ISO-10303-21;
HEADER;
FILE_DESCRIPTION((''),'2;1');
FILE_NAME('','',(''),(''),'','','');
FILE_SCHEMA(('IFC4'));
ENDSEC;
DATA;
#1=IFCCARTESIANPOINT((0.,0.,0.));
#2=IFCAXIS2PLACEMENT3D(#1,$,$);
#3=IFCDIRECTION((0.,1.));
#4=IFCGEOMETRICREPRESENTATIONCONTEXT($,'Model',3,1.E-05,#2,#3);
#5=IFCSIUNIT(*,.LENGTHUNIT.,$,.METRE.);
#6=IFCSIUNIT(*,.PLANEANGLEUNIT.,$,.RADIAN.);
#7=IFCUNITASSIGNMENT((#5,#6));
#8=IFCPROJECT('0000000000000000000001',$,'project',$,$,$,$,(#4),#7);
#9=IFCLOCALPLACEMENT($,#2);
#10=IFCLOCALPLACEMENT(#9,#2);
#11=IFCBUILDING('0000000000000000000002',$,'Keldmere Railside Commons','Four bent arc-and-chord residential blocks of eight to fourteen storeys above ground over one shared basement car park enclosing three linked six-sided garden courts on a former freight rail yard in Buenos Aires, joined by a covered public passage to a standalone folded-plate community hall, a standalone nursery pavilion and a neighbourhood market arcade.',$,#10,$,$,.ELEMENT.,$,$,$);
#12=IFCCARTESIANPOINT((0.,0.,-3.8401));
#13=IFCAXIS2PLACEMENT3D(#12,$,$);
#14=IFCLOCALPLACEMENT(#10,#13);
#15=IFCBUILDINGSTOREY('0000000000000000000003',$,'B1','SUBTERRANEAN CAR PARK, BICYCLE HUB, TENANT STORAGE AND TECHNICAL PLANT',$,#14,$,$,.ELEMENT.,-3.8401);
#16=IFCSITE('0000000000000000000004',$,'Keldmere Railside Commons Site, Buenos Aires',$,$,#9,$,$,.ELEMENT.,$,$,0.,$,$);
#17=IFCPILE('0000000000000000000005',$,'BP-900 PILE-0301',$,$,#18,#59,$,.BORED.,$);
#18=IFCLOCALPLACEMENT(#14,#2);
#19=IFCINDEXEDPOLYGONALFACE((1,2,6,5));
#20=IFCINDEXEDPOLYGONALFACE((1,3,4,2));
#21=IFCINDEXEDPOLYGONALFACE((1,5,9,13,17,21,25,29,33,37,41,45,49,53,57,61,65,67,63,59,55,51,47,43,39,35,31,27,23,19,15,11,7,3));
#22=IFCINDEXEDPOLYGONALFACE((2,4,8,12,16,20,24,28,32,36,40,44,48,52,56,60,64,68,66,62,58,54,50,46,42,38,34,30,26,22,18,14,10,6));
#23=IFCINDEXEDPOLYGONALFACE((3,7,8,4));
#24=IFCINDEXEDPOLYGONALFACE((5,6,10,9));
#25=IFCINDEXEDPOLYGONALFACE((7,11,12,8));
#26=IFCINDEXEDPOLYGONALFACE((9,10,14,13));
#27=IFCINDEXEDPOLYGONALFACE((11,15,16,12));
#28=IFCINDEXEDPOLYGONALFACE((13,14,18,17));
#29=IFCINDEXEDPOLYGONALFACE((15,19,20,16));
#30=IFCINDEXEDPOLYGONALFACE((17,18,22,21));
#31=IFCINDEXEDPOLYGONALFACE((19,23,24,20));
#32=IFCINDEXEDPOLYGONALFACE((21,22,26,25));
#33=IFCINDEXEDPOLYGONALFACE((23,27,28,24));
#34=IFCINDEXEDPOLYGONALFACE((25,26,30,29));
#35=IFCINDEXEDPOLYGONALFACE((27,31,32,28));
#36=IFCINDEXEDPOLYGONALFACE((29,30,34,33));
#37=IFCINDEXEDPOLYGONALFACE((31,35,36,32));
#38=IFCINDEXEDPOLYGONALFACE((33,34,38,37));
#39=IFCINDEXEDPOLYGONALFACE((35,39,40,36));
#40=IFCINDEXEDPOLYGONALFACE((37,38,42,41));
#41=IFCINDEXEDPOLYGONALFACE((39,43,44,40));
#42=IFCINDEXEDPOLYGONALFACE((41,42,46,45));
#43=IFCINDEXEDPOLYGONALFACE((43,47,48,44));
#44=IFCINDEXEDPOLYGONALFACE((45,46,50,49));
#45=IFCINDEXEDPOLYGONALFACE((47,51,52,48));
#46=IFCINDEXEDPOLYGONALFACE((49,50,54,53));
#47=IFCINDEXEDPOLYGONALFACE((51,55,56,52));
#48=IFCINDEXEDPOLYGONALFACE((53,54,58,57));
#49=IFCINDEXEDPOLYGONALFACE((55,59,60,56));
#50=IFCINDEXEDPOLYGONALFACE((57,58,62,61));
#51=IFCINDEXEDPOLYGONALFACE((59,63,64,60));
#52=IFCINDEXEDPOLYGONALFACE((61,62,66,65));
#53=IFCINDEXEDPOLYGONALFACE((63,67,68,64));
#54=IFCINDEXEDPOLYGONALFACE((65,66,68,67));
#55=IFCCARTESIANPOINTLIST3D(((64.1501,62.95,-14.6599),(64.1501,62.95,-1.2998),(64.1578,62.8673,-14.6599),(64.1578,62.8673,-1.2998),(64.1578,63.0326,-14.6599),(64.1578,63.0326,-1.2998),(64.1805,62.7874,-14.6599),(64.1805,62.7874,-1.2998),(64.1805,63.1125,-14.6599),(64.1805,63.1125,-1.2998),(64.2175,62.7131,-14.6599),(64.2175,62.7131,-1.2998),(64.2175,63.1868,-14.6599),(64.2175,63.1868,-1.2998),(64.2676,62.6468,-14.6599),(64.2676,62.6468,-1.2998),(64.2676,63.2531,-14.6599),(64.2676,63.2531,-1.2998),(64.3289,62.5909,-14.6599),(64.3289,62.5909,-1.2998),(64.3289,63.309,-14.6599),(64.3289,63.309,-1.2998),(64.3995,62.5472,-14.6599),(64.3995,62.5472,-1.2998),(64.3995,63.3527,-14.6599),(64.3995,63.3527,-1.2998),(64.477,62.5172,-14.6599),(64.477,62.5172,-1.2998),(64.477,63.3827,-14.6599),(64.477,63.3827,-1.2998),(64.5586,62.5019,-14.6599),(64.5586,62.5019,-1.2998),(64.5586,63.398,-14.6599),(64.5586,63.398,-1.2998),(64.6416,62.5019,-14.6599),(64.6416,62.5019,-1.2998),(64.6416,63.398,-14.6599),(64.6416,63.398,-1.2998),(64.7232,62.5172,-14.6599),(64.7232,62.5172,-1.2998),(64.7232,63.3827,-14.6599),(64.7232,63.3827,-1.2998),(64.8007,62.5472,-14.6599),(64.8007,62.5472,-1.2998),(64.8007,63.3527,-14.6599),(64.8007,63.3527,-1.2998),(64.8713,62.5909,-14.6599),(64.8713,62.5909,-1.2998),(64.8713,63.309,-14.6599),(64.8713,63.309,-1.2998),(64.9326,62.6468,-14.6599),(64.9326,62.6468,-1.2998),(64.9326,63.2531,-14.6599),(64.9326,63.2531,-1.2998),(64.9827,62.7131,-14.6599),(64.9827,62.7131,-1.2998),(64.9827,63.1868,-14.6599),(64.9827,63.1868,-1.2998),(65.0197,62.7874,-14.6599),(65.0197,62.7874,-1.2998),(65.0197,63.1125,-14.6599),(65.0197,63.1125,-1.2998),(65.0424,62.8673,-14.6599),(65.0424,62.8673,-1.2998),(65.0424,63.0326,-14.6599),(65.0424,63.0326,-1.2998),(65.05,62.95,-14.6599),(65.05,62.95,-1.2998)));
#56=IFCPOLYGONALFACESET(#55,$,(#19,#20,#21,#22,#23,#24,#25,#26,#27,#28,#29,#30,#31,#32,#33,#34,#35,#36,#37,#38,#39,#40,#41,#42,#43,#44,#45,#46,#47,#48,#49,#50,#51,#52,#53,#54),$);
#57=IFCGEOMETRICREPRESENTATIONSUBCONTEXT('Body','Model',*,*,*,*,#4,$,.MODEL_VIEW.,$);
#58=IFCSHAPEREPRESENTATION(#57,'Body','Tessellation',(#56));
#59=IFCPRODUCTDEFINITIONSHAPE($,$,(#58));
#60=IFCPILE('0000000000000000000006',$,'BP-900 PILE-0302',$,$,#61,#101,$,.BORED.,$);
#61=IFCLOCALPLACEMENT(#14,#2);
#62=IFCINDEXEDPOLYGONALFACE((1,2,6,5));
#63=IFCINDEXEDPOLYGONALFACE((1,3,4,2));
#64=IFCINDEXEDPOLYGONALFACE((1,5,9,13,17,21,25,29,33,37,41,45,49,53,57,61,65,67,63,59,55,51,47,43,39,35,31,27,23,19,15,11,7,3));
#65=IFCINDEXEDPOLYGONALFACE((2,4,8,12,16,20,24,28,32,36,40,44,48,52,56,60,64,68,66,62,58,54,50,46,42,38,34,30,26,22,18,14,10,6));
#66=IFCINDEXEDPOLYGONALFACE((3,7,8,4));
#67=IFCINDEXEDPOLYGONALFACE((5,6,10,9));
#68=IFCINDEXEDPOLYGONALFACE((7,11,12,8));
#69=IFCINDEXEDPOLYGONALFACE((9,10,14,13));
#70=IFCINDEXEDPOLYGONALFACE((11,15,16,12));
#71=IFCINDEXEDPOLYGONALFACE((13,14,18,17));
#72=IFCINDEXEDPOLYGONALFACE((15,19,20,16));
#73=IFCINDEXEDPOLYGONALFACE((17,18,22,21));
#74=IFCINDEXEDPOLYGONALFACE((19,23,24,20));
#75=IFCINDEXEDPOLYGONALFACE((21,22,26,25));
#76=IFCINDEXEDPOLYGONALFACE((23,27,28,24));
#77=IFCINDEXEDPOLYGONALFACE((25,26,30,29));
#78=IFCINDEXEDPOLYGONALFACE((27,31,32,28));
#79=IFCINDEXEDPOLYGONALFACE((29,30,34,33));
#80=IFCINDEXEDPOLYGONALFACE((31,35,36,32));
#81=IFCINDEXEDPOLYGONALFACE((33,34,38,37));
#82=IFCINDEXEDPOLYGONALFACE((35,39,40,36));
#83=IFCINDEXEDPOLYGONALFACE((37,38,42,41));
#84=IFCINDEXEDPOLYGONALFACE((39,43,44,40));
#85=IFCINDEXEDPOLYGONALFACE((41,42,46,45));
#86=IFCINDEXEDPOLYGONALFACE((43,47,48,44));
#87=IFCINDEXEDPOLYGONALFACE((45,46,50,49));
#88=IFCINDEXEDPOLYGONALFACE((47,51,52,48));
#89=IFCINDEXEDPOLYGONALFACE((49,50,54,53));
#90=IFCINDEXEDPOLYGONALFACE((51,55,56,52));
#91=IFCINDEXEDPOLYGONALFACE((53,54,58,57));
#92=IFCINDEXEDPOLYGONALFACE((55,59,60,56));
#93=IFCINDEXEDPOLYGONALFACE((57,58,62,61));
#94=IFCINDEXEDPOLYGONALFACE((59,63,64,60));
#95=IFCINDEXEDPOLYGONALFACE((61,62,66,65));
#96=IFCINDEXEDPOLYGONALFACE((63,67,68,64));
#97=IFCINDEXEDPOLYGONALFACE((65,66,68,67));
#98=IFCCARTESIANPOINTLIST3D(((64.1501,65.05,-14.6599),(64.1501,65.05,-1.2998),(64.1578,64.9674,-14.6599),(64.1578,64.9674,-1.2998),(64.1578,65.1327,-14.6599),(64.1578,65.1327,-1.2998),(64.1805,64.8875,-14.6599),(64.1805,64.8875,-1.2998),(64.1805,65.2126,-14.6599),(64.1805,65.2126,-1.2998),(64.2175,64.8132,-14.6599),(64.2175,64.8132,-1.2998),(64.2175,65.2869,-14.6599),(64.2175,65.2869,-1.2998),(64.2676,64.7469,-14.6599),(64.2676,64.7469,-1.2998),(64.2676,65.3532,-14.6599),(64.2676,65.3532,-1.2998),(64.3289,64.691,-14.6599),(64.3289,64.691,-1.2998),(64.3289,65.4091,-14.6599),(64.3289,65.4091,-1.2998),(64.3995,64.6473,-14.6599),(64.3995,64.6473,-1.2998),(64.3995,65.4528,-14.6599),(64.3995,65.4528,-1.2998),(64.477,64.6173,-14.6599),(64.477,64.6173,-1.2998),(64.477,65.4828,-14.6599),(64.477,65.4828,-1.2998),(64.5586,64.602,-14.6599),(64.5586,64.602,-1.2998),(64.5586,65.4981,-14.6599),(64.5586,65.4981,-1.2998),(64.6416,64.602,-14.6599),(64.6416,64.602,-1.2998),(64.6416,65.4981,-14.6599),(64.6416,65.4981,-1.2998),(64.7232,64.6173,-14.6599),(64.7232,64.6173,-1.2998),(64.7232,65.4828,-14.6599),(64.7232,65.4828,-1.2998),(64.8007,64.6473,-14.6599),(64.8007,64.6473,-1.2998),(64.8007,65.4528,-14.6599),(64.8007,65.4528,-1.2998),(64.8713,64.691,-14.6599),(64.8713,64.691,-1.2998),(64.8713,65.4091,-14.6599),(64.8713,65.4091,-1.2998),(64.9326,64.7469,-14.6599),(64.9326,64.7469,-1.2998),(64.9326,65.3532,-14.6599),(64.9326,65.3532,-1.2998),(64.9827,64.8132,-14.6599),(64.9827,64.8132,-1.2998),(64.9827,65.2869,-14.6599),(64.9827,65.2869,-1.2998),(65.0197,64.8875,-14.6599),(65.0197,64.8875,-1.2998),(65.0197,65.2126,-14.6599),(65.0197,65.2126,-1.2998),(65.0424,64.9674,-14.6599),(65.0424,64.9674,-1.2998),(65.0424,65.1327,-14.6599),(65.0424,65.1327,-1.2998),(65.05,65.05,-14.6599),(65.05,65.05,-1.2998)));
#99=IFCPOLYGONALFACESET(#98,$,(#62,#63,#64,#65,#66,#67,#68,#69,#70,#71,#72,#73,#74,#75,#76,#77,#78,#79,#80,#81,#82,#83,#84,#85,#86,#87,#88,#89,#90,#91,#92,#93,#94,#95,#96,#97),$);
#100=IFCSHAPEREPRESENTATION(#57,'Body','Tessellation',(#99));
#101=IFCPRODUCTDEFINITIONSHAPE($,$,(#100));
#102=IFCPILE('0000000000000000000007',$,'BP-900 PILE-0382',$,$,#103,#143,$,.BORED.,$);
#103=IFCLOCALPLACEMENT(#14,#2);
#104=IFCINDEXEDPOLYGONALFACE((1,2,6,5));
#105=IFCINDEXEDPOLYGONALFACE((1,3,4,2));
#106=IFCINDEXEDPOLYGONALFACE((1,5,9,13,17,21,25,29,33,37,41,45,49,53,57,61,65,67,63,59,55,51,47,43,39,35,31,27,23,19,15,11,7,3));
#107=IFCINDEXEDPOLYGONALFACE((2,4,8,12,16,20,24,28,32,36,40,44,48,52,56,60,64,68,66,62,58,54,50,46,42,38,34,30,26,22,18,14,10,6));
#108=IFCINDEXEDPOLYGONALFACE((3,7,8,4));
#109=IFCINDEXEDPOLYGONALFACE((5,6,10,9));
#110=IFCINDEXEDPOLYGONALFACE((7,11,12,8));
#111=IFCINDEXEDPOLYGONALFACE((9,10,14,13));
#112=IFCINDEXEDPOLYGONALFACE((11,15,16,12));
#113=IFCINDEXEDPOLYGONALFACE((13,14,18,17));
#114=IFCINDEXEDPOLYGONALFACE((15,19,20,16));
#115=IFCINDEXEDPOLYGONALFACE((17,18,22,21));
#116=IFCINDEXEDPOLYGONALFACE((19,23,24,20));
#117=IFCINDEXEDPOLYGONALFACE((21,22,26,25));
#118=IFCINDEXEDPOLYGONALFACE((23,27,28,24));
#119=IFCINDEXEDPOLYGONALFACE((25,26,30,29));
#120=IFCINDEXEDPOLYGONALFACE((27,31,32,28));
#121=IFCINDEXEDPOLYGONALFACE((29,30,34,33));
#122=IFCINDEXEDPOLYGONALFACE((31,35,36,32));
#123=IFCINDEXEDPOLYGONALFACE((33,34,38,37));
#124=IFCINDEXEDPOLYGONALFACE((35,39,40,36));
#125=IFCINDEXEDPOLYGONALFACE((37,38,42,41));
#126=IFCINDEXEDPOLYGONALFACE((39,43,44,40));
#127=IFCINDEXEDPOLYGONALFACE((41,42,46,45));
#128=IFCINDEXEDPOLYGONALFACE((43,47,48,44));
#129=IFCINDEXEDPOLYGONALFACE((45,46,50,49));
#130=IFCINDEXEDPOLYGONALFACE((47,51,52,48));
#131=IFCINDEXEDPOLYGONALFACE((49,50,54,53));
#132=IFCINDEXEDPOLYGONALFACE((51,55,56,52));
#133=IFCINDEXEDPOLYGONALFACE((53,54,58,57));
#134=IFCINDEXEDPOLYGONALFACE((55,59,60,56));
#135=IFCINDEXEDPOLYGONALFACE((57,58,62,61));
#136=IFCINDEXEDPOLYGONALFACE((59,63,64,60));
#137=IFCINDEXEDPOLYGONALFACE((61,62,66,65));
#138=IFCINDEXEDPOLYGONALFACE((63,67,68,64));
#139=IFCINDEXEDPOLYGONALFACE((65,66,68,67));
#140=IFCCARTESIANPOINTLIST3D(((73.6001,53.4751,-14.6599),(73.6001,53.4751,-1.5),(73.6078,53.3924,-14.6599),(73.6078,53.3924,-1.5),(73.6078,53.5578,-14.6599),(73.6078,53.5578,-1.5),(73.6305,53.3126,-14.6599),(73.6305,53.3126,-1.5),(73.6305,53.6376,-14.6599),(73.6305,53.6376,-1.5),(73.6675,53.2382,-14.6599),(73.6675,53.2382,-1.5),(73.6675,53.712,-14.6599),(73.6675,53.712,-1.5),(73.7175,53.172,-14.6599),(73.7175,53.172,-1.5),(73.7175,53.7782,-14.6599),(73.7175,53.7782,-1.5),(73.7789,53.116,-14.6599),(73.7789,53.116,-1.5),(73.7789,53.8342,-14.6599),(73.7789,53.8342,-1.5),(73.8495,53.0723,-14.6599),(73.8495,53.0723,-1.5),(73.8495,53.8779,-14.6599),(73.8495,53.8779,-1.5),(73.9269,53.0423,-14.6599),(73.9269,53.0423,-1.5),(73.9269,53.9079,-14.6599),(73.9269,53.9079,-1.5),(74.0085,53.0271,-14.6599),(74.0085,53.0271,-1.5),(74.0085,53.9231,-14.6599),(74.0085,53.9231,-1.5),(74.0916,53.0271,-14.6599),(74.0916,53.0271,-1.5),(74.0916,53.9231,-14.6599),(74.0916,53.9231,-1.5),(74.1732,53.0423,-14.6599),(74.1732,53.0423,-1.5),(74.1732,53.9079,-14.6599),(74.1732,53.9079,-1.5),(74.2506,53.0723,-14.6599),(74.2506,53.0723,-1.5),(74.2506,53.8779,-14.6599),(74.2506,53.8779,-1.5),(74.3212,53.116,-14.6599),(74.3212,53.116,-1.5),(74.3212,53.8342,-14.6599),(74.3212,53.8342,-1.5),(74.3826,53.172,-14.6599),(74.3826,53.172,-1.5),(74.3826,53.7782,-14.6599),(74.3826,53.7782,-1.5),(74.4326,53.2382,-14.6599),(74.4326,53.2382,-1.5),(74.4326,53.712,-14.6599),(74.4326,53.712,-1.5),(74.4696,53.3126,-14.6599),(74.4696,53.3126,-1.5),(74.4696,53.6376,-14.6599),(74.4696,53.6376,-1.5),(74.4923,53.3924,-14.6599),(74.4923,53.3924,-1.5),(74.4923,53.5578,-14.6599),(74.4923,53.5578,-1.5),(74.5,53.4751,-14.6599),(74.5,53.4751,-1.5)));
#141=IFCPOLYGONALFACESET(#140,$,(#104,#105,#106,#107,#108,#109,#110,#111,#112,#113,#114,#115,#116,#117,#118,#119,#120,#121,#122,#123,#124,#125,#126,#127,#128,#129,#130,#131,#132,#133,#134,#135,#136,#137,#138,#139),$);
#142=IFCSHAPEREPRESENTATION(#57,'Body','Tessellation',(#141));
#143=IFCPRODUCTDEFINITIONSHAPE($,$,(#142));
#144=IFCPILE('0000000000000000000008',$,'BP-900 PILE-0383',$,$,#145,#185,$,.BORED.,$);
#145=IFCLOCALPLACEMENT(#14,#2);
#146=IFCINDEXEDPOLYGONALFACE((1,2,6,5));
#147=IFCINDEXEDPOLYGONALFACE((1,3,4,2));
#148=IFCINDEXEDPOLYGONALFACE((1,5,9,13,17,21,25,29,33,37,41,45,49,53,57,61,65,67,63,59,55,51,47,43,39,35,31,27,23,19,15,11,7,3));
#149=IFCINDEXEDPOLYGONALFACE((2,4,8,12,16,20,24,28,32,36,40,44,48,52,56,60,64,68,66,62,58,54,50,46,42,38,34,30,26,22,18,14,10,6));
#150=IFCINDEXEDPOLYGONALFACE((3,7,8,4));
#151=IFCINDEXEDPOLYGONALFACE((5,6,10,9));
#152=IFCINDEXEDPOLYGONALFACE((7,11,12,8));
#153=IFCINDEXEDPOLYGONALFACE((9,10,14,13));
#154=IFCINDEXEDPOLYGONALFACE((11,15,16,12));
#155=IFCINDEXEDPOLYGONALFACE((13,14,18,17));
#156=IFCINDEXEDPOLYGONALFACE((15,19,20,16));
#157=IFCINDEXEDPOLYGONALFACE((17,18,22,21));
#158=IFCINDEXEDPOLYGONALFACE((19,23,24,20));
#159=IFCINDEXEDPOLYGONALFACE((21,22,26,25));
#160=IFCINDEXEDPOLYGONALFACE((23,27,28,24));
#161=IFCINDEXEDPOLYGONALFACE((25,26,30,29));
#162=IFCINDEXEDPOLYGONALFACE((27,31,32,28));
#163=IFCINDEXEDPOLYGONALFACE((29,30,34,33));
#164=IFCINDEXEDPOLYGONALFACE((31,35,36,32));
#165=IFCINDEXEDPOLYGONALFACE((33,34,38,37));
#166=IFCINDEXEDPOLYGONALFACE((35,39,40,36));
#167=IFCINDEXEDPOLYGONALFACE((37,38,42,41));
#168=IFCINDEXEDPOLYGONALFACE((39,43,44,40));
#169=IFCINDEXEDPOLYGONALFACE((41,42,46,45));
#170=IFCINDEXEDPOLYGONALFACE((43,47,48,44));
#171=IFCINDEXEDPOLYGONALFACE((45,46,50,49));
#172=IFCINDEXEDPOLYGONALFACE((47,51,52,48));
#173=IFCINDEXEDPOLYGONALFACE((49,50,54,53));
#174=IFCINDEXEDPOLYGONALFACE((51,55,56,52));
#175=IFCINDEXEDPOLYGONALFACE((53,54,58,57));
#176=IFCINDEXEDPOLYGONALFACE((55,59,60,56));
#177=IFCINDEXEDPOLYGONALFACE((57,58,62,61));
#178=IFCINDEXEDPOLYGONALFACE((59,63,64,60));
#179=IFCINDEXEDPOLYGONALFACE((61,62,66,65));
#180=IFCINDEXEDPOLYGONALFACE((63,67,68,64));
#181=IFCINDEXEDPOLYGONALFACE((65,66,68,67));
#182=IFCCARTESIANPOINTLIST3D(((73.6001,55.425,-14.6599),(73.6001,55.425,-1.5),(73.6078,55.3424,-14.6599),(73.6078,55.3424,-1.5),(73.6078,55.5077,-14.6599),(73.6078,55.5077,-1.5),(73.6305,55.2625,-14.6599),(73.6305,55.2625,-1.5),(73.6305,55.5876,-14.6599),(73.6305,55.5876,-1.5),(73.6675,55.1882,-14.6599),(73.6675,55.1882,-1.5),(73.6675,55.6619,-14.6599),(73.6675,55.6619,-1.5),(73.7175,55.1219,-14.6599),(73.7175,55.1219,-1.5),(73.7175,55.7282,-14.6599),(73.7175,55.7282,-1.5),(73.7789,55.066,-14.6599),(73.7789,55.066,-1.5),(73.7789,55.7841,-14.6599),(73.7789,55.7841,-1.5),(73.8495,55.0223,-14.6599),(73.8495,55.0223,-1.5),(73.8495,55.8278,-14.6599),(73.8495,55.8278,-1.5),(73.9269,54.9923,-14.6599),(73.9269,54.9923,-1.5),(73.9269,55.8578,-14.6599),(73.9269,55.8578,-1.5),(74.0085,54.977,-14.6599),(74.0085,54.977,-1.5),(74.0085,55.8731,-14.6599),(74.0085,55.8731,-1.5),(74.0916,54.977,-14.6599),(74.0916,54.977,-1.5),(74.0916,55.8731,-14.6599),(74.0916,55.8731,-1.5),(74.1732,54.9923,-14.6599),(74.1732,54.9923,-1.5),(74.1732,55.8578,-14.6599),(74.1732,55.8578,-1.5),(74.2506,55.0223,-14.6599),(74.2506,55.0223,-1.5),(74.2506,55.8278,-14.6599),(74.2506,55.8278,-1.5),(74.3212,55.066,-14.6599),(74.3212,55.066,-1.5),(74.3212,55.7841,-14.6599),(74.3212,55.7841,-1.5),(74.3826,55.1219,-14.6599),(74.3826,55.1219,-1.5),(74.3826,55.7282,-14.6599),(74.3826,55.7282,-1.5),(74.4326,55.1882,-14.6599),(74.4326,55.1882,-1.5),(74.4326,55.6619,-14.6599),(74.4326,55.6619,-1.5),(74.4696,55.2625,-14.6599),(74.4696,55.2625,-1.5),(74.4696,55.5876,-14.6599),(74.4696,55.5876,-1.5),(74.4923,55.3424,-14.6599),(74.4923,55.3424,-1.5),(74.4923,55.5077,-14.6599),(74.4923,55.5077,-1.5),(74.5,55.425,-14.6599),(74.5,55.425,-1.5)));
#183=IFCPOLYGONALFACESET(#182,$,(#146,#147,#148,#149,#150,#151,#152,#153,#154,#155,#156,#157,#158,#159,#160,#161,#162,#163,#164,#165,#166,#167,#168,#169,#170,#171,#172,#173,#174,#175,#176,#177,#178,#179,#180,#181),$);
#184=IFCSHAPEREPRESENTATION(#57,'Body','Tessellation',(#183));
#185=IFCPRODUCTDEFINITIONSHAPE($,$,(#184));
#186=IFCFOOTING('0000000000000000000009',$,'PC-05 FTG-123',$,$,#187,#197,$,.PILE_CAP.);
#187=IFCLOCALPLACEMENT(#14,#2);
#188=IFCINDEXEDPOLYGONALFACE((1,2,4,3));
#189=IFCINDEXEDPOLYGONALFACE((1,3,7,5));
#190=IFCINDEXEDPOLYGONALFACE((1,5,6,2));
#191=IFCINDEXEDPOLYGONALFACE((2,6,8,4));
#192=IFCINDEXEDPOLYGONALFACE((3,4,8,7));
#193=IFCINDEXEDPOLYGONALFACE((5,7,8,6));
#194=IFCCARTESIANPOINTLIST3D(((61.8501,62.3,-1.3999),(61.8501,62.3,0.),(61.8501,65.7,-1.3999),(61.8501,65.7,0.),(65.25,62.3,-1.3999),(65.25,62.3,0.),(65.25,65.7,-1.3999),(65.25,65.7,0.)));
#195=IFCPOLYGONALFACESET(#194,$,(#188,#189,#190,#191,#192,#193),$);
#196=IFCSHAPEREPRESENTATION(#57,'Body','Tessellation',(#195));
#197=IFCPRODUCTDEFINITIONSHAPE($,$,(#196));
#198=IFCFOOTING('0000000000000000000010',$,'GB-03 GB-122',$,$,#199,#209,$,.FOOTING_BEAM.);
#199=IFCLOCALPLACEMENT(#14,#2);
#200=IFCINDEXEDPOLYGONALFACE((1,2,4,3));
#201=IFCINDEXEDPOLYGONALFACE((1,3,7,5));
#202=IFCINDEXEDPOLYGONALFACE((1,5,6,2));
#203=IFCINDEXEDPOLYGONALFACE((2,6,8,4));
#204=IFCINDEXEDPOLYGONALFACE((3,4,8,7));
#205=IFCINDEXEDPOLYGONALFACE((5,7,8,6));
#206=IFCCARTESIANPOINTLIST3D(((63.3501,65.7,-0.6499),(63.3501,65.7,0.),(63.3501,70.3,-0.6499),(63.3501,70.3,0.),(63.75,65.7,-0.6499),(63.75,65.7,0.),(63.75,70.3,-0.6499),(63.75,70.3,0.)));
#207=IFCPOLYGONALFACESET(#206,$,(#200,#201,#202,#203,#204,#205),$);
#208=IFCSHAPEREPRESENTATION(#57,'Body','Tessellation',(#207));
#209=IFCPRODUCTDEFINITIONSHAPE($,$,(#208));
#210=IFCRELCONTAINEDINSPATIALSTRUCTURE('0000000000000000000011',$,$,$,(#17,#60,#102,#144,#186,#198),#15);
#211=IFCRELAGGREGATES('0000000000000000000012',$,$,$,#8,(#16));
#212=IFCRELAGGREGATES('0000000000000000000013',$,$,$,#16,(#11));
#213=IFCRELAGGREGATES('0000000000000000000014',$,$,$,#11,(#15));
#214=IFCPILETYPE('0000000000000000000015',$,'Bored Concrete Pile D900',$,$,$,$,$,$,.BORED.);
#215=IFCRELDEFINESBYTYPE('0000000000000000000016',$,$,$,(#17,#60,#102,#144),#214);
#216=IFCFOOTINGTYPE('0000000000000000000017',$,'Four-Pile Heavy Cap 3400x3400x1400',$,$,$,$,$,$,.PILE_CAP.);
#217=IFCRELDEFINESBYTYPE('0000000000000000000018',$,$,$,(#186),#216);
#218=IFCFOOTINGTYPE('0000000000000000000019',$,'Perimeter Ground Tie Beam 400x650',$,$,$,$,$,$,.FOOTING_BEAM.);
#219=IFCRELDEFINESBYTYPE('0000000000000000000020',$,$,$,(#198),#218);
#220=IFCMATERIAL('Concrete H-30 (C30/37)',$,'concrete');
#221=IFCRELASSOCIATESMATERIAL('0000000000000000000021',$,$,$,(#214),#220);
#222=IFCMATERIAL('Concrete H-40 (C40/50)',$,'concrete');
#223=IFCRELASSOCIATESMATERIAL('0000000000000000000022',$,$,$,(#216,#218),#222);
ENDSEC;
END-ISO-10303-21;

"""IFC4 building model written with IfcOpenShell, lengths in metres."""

from ifc_helpers import new_model, si_unit, direction, frame, origin, origin_2d, place, context, subcontext, project, spatial, rectangle, circle, extrude, material, material_profile, profile_set, type_object, element, save


model = new_model("IFC4")

# Units and contexts
model_context = context("Model", 3, precision=1e-05, world=origin(), true_north=direction((0.0, 1.0)))
body_context = subcontext(model_context, "Body", "Model", "MODEL_VIEW")
ifc_project = project(units=[si_unit("LENGTHUNIT", "METRE"), si_unit("PLANEANGLEUNIT", "RADIAN")], contexts=[model_context])

# Site, building, storey
site_placement = place(None, origin())
site = spatial("IfcSite", under=ifc_project, at=site_placement, Name="Keldmere Railside Commons Site, Buenos Aires", CompositionType="ELEMENT", RefElevation=0.0)
building_placement = place(site_placement, origin())
building = spatial("IfcBuilding", under=site, at=building_placement, Name="Keldmere Railside Commons", Description="Four bent arc-and-chord residential blocks of eight to fourteen storeys above ground over one shared basement car park enclosing three linked six-sided garden courts on a former freight rail yard in Buenos Aires, joined by a covered public passage to a standalone folded-plate community hall, a standalone nursery pavilion and a neighbourhood market arcade.", CompositionType="ELEMENT")
storey_placement = place(building_placement, frame((0.0, 0.0, -3.8401)))
storey = spatial("IfcBuildingStorey", under=building, at=storey_placement, Name="B1", Description="SUBTERRANEAN CAR PARK, BICYCLE HUB, TENANT STORAGE AND TECHNICAL PLANT", CompositionType="ELEMENT", Elevation=-3.8401)

# Piles
ifc_material_1 = material(Name="Concrete H-30 (C30/37)", Category="concrete")
ifc_material_profile_1 = material_profile(ifc_material_1, circle(Radius=0.45, at=origin_2d()), Name="PILE-D900")
ifc_profile_set_1 = profile_set([ifc_material_profile_1], Name="Concrete H-30 (C30/37)")
pile_type_1 = type_object("IfcPileType", Name="Bored Concrete Pile D900", PredefinedType="BORED", material=ifc_profile_set_1)
for number, where, z_axis, x_axis, name in (
    (1, (64.6001, 62.95, -1.2998), (0.0, 0.0, -1.0), (1.0, 0.0, 0.0), "BP-900 PILE-0301"),
    (2, (64.6001, 65.05, -1.2998), (0.0, 0.0, -1.0), (1.0, 0.0, 0.0), "BP-900 PILE-0302"),
):
    element("IfcPile", number, at=place(storey_placement, frame(where, z_axis=z_axis, x_axis=x_axis)), inside=storey, type_object=pile_type_1, Name=name, PredefinedType="BORED", context=body_context, shape_type="SweptSolid", body=[
        extrude(circle(Radius=0.45, at=origin_2d()), origin(), (0.0, 0.0, 1.0), 13.3601),
    ])
for number, where, z_axis, x_axis, name in (
    (3, (74.05, 53.4751, -1.5), (0.0, 0.0, -1.0), (1.0, 0.0, 0.0), "BP-900 PILE-0382"),
    (4, (74.05, 55.425, -1.5), (0.0, 0.0, -1.0), (1.0, 0.0, 0.0), "BP-900 PILE-0383"),
):
    element("IfcPile", number, at=place(storey_placement, frame(where, z_axis=z_axis, x_axis=x_axis)), inside=storey, type_object=pile_type_1, Name=name, PredefinedType="BORED", context=body_context, shape_type="SweptSolid", body=[
        extrude(circle(Radius=0.45, at=origin_2d()), origin(), (0.0, 0.0, 1.0), 13.1599),
    ])

# Footings
ifc_material_2 = material(Name="Concrete H-40 (C40/50)", Category="concrete")
footing_type_1 = type_object("IfcFootingType", Name="Four-Pile Heavy Cap 3400x3400x1400", PredefinedType="PILE_CAP", material=ifc_material_2)
footing_1_placement = place(storey_placement, frame((63.55, 64.0, -1.3999), z_axis=(0.0, 0.0, 1.0), x_axis=(1.0, 0.0, 0.0)))
element("IfcFooting", 5, at=footing_1_placement, inside=storey, type_object=footing_type_1, Name="PC-05 FTG-123", PredefinedType="PILE_CAP", context=body_context, shape_type="SweptSolid", body=[
    extrude(rectangle(XDim=3.3999, YDim=3.3999, at=origin_2d()), origin(), (0.0, 0.0, 1.0), 1.3999),
])
footing_type_2 = type_object("IfcFootingType", Name="Perimeter Ground Tie Beam 400x650", PredefinedType="FOOTING_BEAM", material=ifc_material_2)
footing_2_placement = place(storey_placement, frame((63.55, 68.0, -0.6499), z_axis=(0.0, 0.0, 1.0), x_axis=(0.0, 1.0, 0.0)))
element("IfcFooting", 6, at=footing_2_placement, inside=storey, type_object=footing_type_2, Name="GB-03 GB-122", PredefinedType="FOOTING_BEAM", context=body_context, shape_type="SweptSolid", body=[
    extrude(rectangle(XDim=4.6001, YDim=0.3999, at=origin_2d()), origin(), (0.0, 0.0, 1.0), 0.6499),
])

save(model, "model.ifc")
